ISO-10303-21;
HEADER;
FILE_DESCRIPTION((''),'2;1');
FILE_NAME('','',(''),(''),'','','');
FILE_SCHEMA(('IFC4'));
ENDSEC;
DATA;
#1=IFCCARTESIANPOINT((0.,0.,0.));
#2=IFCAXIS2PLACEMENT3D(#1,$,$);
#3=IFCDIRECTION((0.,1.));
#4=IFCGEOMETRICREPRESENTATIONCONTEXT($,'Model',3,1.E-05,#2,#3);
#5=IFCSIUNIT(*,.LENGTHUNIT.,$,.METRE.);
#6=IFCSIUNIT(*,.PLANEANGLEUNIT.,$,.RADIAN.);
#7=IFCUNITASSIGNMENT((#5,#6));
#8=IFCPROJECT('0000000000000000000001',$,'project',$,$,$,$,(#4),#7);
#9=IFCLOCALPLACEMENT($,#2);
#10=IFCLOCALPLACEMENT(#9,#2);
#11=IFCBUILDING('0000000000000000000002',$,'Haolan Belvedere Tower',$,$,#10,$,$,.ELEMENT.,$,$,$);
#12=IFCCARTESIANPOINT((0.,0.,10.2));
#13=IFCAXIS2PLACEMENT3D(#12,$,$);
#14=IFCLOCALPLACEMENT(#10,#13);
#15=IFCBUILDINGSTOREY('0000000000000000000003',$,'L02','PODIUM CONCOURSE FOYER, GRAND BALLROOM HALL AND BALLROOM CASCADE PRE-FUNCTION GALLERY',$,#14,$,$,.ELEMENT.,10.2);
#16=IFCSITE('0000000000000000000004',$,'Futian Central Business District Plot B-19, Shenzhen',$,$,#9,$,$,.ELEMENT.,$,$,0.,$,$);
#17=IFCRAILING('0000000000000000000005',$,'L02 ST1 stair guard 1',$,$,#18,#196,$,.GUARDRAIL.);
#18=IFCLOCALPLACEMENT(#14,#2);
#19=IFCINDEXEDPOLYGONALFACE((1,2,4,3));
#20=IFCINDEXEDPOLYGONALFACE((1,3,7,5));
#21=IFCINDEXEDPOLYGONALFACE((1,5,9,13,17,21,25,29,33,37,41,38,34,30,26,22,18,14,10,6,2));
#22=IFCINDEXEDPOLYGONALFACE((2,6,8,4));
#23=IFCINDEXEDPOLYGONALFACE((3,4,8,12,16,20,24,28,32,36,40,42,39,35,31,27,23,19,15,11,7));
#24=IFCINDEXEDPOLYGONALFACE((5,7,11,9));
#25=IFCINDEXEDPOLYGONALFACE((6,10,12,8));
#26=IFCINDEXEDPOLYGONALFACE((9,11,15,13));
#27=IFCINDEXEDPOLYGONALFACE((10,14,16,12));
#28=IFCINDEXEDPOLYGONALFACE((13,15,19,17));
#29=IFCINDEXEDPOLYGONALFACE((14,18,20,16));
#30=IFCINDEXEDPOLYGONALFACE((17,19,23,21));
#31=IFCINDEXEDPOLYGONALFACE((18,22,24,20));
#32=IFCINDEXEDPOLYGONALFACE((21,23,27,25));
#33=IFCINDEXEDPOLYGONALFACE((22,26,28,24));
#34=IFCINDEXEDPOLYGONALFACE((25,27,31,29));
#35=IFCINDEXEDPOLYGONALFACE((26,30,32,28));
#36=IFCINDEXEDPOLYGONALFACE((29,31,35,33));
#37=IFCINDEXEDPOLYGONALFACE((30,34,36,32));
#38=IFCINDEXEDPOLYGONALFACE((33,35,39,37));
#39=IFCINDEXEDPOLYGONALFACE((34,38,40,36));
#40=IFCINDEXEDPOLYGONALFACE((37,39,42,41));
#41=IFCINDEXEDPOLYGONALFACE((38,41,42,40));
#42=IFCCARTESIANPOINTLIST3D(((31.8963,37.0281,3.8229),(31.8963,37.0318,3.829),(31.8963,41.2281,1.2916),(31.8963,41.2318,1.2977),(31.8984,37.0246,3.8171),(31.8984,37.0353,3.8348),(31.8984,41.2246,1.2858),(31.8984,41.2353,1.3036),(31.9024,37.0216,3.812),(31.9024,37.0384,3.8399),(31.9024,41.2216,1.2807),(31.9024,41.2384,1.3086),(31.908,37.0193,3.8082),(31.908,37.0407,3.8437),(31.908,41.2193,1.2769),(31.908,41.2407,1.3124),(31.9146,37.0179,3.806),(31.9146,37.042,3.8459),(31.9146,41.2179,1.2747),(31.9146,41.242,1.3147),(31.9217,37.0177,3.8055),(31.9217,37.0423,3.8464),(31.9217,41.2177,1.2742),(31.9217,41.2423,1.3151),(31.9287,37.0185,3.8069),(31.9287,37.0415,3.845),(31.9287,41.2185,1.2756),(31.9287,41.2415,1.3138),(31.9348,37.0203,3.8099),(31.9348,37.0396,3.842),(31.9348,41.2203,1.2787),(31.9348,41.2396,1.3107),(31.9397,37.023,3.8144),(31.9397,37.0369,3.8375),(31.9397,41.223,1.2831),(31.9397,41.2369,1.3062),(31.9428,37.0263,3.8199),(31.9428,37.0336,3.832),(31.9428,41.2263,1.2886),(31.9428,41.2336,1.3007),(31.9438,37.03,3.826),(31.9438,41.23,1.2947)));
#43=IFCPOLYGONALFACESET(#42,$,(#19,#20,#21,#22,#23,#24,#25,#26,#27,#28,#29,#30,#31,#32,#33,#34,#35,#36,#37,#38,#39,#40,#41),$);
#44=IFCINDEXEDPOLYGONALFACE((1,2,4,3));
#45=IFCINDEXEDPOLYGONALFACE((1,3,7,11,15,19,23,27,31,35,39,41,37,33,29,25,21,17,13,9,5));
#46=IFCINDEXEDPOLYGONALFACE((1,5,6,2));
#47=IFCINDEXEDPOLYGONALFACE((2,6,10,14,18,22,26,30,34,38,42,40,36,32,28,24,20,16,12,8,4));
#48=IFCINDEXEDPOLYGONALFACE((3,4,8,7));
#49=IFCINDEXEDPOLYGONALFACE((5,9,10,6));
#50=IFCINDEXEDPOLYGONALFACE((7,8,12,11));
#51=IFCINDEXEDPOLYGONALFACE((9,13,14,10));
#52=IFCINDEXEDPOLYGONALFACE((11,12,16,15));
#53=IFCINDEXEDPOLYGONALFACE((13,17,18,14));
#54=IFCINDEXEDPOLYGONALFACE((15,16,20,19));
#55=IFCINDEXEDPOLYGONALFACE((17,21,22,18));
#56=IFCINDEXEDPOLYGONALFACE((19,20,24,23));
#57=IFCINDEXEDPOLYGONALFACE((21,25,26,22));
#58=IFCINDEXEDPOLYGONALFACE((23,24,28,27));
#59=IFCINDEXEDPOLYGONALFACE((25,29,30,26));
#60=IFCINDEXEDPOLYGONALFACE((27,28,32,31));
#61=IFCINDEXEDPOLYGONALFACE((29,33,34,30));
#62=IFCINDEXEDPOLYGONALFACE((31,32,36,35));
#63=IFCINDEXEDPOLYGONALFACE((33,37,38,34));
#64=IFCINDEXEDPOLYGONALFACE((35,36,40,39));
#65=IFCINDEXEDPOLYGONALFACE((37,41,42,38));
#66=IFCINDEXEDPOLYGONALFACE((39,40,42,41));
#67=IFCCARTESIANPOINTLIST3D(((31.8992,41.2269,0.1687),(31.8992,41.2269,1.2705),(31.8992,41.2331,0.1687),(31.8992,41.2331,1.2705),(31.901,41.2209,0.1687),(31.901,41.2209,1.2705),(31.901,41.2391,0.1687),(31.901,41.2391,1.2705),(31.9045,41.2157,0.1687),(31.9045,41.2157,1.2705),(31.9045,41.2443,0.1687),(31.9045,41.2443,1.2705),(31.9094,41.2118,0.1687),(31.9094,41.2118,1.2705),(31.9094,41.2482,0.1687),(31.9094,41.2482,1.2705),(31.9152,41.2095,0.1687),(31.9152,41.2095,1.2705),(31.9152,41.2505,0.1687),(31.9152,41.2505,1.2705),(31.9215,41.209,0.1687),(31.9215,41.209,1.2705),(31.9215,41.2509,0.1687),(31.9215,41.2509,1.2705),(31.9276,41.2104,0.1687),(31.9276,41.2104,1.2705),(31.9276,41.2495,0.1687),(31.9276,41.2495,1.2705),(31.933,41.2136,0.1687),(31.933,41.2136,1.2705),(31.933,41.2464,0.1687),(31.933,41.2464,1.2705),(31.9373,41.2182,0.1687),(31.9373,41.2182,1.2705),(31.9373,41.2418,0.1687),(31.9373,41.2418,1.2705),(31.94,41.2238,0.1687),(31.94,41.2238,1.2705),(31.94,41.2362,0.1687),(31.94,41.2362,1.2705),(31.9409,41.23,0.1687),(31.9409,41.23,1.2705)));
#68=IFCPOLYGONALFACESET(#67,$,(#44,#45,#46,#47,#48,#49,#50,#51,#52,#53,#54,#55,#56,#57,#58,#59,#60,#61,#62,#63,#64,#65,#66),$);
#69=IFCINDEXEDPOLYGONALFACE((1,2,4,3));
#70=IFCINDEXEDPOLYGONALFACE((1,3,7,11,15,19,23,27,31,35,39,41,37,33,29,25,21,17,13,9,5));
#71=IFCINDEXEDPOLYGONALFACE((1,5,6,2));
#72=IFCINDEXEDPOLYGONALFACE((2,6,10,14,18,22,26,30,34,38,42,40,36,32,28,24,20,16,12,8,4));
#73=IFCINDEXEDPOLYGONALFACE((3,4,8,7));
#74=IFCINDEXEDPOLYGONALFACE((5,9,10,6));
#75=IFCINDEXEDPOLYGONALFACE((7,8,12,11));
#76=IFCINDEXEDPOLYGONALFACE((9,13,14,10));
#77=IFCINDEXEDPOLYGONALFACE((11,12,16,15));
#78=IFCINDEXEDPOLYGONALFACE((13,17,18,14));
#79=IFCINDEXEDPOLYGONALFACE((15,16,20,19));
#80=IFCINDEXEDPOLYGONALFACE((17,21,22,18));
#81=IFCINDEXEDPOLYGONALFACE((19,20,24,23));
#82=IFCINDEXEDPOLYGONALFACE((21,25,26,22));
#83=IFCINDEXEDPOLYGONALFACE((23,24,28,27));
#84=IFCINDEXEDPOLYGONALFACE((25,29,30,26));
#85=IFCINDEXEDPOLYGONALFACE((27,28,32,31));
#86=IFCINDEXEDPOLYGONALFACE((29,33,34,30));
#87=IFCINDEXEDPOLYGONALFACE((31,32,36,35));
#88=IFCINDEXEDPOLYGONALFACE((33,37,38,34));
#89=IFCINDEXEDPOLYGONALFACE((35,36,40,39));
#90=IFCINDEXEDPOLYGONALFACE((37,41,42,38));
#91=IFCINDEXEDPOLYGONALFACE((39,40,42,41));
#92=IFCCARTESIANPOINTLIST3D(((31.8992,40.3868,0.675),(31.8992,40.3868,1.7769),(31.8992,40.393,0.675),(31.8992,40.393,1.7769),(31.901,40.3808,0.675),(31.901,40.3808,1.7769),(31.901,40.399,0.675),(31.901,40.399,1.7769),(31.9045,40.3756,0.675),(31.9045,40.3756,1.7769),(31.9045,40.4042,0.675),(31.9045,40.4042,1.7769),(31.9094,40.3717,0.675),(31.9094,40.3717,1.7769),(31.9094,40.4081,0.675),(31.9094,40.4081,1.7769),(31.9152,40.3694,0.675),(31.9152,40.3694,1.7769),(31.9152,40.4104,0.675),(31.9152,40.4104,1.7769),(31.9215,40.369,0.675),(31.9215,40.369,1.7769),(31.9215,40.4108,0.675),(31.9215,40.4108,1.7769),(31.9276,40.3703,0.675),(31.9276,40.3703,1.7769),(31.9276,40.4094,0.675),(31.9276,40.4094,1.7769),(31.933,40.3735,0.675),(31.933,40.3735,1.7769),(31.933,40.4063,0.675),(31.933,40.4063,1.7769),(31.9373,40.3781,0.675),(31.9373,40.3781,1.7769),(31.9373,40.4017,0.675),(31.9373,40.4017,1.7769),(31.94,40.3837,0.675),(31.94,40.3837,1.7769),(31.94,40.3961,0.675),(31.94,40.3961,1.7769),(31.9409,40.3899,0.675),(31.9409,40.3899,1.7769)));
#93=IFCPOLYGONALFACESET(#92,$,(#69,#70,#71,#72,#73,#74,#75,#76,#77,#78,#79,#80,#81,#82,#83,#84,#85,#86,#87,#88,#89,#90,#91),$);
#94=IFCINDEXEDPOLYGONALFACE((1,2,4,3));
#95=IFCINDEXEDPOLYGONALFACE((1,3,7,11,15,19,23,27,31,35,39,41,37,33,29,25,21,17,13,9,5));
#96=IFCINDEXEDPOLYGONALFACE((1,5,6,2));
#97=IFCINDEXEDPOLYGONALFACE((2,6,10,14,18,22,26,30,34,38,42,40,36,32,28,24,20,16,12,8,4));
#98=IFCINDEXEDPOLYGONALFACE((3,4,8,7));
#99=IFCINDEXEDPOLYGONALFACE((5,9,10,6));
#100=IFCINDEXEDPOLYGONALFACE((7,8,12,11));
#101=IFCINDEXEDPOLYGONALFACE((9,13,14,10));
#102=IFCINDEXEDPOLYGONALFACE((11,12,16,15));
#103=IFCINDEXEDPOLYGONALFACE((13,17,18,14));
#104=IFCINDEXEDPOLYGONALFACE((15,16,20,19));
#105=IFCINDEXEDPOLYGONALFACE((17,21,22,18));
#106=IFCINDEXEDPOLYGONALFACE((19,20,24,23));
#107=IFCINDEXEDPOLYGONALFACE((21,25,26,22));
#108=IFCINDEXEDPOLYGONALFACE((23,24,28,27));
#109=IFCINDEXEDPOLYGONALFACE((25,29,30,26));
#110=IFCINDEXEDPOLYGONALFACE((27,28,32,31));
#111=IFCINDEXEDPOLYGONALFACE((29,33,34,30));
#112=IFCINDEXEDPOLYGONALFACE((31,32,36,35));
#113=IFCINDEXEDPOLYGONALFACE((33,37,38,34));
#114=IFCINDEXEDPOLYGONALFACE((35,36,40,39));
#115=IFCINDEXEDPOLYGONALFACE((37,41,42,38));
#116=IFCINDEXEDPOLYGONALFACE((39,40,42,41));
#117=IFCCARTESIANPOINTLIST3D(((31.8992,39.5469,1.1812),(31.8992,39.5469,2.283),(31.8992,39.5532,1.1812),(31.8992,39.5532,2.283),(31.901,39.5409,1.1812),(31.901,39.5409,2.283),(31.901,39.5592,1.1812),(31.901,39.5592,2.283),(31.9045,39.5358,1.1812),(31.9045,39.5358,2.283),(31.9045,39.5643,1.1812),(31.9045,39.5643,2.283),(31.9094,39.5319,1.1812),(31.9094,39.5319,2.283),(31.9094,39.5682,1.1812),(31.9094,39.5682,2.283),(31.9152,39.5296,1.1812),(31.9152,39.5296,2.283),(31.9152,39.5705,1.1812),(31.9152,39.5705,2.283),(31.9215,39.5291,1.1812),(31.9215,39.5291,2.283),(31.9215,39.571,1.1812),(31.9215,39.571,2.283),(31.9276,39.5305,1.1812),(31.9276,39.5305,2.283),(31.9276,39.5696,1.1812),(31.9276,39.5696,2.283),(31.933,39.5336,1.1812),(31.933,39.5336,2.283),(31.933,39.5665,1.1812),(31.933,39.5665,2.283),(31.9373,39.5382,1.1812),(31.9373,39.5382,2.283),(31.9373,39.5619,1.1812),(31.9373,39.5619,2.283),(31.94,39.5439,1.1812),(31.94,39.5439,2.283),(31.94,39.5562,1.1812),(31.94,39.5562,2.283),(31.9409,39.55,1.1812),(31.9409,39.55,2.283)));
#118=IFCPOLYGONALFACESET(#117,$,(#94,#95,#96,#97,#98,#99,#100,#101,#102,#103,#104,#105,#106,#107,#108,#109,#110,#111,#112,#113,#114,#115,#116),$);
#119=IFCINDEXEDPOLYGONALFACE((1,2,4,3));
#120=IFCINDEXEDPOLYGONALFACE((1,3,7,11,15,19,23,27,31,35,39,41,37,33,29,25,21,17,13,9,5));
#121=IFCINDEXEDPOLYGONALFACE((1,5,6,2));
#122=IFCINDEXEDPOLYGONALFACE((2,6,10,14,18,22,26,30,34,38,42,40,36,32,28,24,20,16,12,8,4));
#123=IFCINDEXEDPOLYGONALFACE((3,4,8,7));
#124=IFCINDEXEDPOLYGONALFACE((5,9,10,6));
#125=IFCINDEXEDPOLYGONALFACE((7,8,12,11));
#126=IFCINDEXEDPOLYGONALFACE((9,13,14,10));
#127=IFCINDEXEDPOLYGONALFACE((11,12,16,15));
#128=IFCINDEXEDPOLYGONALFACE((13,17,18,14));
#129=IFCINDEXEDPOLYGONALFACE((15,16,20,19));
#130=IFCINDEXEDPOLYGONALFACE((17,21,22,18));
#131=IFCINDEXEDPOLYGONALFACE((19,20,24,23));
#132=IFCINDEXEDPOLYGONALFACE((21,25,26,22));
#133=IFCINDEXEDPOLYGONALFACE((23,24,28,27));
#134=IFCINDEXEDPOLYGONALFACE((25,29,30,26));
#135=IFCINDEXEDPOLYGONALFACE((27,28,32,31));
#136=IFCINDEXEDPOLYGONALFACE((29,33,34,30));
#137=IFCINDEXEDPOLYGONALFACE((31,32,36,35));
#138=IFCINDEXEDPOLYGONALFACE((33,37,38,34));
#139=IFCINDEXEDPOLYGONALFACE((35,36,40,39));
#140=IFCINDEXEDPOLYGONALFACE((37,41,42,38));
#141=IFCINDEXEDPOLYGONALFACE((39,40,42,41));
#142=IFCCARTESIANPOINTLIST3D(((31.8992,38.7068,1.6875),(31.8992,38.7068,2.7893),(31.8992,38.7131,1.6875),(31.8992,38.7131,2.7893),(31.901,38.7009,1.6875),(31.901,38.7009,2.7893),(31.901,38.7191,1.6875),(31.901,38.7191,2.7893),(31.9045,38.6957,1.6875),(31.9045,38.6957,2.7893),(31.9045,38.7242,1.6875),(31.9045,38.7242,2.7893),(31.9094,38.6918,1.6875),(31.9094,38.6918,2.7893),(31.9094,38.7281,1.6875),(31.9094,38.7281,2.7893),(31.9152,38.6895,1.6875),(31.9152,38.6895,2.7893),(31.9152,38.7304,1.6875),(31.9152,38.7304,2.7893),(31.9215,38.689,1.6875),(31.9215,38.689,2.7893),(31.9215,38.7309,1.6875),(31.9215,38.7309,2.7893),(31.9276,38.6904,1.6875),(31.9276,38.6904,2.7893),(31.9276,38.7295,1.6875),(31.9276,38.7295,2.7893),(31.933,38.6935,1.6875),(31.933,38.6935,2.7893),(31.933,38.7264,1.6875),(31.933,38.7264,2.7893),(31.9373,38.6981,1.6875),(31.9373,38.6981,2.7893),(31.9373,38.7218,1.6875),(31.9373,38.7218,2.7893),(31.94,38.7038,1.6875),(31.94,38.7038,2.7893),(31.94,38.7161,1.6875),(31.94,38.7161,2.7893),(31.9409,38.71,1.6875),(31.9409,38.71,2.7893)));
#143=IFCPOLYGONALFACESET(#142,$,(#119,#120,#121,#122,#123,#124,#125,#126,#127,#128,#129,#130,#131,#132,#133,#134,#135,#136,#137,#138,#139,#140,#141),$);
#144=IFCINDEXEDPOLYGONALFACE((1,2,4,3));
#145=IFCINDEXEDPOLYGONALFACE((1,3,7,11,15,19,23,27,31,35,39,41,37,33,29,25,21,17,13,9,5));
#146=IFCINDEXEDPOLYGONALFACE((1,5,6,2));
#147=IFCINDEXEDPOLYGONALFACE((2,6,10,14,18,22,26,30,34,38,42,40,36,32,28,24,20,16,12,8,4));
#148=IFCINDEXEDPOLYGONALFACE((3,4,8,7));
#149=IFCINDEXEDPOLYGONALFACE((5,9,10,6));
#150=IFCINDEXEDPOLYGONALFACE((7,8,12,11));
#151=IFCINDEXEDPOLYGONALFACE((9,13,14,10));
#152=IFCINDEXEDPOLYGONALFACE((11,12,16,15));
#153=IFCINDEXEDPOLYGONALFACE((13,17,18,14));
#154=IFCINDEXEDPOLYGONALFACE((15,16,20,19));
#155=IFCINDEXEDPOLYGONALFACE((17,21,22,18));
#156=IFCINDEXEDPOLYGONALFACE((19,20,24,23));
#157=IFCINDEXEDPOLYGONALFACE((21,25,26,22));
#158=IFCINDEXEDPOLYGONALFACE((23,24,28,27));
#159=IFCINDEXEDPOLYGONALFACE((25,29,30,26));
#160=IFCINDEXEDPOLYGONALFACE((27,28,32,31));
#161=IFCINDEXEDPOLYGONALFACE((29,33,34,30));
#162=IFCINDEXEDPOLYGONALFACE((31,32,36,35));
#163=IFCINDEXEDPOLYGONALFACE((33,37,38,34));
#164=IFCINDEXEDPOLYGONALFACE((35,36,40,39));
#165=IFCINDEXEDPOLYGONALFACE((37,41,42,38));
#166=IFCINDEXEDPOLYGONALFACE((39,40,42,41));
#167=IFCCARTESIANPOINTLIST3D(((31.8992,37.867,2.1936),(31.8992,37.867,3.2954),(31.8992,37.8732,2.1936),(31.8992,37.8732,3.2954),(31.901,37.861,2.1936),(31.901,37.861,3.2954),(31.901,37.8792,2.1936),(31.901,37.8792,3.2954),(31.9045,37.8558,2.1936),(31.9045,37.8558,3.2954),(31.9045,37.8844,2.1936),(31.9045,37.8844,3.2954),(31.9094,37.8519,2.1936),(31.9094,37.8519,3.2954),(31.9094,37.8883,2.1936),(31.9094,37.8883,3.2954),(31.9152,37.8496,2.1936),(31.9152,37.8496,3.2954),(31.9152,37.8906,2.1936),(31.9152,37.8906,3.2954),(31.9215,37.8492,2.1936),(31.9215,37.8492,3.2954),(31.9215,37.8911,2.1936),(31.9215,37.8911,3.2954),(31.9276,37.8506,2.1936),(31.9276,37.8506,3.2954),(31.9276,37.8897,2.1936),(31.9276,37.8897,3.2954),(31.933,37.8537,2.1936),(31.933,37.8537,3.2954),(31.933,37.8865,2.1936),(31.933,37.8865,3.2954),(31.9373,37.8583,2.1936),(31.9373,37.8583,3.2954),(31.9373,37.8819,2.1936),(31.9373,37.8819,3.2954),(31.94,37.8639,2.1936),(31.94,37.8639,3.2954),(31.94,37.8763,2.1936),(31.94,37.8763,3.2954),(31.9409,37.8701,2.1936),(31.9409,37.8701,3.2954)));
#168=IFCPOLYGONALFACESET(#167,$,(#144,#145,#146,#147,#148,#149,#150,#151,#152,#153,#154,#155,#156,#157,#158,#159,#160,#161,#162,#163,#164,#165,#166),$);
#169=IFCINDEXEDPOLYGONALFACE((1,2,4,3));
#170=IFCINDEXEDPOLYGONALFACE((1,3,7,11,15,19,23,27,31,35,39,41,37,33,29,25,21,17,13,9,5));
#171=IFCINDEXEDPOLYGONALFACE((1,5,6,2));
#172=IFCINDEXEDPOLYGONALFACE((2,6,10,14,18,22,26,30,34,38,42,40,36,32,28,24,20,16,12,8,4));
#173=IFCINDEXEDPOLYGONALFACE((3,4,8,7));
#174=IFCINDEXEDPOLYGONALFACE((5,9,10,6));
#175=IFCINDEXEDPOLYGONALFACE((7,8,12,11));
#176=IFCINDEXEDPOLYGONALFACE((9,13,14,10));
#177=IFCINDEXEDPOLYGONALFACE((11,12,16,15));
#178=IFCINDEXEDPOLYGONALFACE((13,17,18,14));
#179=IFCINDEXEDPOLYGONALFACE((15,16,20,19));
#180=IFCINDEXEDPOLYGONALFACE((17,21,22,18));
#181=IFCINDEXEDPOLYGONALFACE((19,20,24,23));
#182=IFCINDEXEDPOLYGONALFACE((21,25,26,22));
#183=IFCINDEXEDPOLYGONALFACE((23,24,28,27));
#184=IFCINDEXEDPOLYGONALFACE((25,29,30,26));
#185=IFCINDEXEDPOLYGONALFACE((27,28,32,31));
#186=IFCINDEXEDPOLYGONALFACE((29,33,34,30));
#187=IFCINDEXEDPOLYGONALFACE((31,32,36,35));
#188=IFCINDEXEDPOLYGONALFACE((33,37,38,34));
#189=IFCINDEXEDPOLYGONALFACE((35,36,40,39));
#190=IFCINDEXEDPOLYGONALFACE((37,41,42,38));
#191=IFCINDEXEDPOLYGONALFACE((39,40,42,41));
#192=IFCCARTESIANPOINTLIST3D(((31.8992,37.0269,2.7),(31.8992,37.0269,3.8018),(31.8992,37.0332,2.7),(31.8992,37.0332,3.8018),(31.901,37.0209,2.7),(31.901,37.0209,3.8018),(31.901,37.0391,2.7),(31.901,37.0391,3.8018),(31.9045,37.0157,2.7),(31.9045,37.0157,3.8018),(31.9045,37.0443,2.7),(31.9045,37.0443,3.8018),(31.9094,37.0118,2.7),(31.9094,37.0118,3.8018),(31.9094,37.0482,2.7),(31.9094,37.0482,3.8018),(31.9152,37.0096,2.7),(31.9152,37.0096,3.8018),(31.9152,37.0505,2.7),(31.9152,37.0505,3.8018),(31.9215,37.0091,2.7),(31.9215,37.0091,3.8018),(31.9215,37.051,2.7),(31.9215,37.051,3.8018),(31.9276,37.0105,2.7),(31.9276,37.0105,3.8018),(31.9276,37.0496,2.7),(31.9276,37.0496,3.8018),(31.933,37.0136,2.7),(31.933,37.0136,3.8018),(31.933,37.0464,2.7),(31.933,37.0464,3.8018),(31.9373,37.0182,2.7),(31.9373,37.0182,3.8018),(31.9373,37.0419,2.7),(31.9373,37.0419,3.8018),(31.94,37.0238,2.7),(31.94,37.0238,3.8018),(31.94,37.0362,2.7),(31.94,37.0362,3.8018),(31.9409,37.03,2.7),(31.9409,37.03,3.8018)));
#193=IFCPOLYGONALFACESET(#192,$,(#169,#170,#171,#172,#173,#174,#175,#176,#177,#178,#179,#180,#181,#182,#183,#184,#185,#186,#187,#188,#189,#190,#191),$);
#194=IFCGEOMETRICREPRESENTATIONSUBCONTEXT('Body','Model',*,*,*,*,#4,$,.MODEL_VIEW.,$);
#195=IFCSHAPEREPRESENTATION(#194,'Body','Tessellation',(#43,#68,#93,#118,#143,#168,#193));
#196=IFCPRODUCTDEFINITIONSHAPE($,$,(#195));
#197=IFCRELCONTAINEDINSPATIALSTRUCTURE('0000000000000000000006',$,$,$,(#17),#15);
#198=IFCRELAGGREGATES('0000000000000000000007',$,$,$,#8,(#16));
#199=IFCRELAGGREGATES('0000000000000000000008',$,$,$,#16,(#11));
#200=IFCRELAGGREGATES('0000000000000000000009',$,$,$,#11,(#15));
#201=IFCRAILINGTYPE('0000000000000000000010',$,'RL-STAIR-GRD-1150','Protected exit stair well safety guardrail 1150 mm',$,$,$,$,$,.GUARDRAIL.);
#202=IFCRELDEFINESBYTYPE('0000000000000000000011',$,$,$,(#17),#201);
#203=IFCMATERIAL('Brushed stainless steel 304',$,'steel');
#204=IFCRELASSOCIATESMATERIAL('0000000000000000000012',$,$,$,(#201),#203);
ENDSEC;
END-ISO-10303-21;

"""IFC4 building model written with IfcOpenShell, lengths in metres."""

from ifc_helpers import new_model, si_unit, direction, frame, origin, origin_2d, place, context, subcontext, project, spatial, circle, extrude, material, type_object, element, save


model = new_model("IFC4")

# Units and contexts
model_context = context("Model", 3, precision=1e-05, world=origin(), true_north=direction((0.0, 1.0)))
body_context = subcontext(model_context, "Body", "Model", "MODEL_VIEW")
ifc_project = project(units=[si_unit("LENGTHUNIT", "METRE"), si_unit("PLANEANGLEUNIT", "RADIAN")], contexts=[model_context])

# Site, building, storey
site_placement = place(None, origin())
site = spatial("IfcSite", under=ifc_project, at=site_placement, Name="Futian Central Business District Plot B-19, Shenzhen", CompositionType="ELEMENT", RefElevation=0.0)
building_placement = place(site_placement, origin())
building = spatial("IfcBuilding", under=site, at=building_placement, Name="Haolan Belvedere Tower", CompositionType="ELEMENT")
storey_placement = place(building_placement, frame((0.0, 0.0, 10.2)))
storey = spatial("IfcBuildingStorey", under=building, at=storey_placement, Name="L02", Description="PODIUM CONCOURSE FOYER, GRAND BALLROOM HALL AND BALLROOM CASCADE PRE-FUNCTION GALLERY", CompositionType="ELEMENT", Elevation=10.2)

# Railing
ifc_material_1 = material(Name="Brushed stainless steel 304", Category="steel")
railing_type_1 = type_object("IfcRailingType", Name="RL-STAIR-GRD-1150", Description="Protected exit stair well safety guardrail 1150 mm", PredefinedType="GUARDRAIL", material=ifc_material_1)
railing_1_placement = place(storey_placement, frame((31.9199, 41.23, 0.1687)))
element("IfcRailing", 1, at=railing_1_placement, inside=storey, type_object=railing_type_1, Name="L02 ST1 stair guard 1", PredefinedType="GUARDRAIL", context=body_context, shape_type="SweptSolid", body=[
    extrude(circle(Radius=0.0239, at=origin_2d()), frame((0.0, 0.0, 1.126), z_axis=(0.0, -0.856476, 0.516186), x_axis=(1.0, 0.0, 0.0)), (0.0, 0.0, 1.0), 4.9038),
    extrude(circle(Radius=0.021, at=origin_2d()), origin(), (0.0, 0.0, 1.0), 1.1018),
    extrude(circle(Radius=0.021, at=origin_2d()), frame((0.0, -0.8401, 0.5063)), (0.0, 0.0, 1.0), 1.1018),
    extrude(circle(Radius=0.021, at=origin_2d()), frame((0.0, -1.6799, 1.0125)), (0.0, 0.0, 1.0), 1.1018),
    extrude(circle(Radius=0.021, at=origin_2d()), frame((0.0, -2.52, 1.5188)), (0.0, 0.0, 1.0), 1.1018),
    extrude(circle(Radius=0.021, at=origin_2d()), frame((0.0, -3.3599, 2.0249)), (0.0, 0.0, 1.0), 1.1018),
    extrude(circle(Radius=0.021, at=origin_2d()), frame((0.0, -4.2, 2.5312)), (0.0, 0.0, 1.0), 1.1018),
])

save(model, "model.ifc")
